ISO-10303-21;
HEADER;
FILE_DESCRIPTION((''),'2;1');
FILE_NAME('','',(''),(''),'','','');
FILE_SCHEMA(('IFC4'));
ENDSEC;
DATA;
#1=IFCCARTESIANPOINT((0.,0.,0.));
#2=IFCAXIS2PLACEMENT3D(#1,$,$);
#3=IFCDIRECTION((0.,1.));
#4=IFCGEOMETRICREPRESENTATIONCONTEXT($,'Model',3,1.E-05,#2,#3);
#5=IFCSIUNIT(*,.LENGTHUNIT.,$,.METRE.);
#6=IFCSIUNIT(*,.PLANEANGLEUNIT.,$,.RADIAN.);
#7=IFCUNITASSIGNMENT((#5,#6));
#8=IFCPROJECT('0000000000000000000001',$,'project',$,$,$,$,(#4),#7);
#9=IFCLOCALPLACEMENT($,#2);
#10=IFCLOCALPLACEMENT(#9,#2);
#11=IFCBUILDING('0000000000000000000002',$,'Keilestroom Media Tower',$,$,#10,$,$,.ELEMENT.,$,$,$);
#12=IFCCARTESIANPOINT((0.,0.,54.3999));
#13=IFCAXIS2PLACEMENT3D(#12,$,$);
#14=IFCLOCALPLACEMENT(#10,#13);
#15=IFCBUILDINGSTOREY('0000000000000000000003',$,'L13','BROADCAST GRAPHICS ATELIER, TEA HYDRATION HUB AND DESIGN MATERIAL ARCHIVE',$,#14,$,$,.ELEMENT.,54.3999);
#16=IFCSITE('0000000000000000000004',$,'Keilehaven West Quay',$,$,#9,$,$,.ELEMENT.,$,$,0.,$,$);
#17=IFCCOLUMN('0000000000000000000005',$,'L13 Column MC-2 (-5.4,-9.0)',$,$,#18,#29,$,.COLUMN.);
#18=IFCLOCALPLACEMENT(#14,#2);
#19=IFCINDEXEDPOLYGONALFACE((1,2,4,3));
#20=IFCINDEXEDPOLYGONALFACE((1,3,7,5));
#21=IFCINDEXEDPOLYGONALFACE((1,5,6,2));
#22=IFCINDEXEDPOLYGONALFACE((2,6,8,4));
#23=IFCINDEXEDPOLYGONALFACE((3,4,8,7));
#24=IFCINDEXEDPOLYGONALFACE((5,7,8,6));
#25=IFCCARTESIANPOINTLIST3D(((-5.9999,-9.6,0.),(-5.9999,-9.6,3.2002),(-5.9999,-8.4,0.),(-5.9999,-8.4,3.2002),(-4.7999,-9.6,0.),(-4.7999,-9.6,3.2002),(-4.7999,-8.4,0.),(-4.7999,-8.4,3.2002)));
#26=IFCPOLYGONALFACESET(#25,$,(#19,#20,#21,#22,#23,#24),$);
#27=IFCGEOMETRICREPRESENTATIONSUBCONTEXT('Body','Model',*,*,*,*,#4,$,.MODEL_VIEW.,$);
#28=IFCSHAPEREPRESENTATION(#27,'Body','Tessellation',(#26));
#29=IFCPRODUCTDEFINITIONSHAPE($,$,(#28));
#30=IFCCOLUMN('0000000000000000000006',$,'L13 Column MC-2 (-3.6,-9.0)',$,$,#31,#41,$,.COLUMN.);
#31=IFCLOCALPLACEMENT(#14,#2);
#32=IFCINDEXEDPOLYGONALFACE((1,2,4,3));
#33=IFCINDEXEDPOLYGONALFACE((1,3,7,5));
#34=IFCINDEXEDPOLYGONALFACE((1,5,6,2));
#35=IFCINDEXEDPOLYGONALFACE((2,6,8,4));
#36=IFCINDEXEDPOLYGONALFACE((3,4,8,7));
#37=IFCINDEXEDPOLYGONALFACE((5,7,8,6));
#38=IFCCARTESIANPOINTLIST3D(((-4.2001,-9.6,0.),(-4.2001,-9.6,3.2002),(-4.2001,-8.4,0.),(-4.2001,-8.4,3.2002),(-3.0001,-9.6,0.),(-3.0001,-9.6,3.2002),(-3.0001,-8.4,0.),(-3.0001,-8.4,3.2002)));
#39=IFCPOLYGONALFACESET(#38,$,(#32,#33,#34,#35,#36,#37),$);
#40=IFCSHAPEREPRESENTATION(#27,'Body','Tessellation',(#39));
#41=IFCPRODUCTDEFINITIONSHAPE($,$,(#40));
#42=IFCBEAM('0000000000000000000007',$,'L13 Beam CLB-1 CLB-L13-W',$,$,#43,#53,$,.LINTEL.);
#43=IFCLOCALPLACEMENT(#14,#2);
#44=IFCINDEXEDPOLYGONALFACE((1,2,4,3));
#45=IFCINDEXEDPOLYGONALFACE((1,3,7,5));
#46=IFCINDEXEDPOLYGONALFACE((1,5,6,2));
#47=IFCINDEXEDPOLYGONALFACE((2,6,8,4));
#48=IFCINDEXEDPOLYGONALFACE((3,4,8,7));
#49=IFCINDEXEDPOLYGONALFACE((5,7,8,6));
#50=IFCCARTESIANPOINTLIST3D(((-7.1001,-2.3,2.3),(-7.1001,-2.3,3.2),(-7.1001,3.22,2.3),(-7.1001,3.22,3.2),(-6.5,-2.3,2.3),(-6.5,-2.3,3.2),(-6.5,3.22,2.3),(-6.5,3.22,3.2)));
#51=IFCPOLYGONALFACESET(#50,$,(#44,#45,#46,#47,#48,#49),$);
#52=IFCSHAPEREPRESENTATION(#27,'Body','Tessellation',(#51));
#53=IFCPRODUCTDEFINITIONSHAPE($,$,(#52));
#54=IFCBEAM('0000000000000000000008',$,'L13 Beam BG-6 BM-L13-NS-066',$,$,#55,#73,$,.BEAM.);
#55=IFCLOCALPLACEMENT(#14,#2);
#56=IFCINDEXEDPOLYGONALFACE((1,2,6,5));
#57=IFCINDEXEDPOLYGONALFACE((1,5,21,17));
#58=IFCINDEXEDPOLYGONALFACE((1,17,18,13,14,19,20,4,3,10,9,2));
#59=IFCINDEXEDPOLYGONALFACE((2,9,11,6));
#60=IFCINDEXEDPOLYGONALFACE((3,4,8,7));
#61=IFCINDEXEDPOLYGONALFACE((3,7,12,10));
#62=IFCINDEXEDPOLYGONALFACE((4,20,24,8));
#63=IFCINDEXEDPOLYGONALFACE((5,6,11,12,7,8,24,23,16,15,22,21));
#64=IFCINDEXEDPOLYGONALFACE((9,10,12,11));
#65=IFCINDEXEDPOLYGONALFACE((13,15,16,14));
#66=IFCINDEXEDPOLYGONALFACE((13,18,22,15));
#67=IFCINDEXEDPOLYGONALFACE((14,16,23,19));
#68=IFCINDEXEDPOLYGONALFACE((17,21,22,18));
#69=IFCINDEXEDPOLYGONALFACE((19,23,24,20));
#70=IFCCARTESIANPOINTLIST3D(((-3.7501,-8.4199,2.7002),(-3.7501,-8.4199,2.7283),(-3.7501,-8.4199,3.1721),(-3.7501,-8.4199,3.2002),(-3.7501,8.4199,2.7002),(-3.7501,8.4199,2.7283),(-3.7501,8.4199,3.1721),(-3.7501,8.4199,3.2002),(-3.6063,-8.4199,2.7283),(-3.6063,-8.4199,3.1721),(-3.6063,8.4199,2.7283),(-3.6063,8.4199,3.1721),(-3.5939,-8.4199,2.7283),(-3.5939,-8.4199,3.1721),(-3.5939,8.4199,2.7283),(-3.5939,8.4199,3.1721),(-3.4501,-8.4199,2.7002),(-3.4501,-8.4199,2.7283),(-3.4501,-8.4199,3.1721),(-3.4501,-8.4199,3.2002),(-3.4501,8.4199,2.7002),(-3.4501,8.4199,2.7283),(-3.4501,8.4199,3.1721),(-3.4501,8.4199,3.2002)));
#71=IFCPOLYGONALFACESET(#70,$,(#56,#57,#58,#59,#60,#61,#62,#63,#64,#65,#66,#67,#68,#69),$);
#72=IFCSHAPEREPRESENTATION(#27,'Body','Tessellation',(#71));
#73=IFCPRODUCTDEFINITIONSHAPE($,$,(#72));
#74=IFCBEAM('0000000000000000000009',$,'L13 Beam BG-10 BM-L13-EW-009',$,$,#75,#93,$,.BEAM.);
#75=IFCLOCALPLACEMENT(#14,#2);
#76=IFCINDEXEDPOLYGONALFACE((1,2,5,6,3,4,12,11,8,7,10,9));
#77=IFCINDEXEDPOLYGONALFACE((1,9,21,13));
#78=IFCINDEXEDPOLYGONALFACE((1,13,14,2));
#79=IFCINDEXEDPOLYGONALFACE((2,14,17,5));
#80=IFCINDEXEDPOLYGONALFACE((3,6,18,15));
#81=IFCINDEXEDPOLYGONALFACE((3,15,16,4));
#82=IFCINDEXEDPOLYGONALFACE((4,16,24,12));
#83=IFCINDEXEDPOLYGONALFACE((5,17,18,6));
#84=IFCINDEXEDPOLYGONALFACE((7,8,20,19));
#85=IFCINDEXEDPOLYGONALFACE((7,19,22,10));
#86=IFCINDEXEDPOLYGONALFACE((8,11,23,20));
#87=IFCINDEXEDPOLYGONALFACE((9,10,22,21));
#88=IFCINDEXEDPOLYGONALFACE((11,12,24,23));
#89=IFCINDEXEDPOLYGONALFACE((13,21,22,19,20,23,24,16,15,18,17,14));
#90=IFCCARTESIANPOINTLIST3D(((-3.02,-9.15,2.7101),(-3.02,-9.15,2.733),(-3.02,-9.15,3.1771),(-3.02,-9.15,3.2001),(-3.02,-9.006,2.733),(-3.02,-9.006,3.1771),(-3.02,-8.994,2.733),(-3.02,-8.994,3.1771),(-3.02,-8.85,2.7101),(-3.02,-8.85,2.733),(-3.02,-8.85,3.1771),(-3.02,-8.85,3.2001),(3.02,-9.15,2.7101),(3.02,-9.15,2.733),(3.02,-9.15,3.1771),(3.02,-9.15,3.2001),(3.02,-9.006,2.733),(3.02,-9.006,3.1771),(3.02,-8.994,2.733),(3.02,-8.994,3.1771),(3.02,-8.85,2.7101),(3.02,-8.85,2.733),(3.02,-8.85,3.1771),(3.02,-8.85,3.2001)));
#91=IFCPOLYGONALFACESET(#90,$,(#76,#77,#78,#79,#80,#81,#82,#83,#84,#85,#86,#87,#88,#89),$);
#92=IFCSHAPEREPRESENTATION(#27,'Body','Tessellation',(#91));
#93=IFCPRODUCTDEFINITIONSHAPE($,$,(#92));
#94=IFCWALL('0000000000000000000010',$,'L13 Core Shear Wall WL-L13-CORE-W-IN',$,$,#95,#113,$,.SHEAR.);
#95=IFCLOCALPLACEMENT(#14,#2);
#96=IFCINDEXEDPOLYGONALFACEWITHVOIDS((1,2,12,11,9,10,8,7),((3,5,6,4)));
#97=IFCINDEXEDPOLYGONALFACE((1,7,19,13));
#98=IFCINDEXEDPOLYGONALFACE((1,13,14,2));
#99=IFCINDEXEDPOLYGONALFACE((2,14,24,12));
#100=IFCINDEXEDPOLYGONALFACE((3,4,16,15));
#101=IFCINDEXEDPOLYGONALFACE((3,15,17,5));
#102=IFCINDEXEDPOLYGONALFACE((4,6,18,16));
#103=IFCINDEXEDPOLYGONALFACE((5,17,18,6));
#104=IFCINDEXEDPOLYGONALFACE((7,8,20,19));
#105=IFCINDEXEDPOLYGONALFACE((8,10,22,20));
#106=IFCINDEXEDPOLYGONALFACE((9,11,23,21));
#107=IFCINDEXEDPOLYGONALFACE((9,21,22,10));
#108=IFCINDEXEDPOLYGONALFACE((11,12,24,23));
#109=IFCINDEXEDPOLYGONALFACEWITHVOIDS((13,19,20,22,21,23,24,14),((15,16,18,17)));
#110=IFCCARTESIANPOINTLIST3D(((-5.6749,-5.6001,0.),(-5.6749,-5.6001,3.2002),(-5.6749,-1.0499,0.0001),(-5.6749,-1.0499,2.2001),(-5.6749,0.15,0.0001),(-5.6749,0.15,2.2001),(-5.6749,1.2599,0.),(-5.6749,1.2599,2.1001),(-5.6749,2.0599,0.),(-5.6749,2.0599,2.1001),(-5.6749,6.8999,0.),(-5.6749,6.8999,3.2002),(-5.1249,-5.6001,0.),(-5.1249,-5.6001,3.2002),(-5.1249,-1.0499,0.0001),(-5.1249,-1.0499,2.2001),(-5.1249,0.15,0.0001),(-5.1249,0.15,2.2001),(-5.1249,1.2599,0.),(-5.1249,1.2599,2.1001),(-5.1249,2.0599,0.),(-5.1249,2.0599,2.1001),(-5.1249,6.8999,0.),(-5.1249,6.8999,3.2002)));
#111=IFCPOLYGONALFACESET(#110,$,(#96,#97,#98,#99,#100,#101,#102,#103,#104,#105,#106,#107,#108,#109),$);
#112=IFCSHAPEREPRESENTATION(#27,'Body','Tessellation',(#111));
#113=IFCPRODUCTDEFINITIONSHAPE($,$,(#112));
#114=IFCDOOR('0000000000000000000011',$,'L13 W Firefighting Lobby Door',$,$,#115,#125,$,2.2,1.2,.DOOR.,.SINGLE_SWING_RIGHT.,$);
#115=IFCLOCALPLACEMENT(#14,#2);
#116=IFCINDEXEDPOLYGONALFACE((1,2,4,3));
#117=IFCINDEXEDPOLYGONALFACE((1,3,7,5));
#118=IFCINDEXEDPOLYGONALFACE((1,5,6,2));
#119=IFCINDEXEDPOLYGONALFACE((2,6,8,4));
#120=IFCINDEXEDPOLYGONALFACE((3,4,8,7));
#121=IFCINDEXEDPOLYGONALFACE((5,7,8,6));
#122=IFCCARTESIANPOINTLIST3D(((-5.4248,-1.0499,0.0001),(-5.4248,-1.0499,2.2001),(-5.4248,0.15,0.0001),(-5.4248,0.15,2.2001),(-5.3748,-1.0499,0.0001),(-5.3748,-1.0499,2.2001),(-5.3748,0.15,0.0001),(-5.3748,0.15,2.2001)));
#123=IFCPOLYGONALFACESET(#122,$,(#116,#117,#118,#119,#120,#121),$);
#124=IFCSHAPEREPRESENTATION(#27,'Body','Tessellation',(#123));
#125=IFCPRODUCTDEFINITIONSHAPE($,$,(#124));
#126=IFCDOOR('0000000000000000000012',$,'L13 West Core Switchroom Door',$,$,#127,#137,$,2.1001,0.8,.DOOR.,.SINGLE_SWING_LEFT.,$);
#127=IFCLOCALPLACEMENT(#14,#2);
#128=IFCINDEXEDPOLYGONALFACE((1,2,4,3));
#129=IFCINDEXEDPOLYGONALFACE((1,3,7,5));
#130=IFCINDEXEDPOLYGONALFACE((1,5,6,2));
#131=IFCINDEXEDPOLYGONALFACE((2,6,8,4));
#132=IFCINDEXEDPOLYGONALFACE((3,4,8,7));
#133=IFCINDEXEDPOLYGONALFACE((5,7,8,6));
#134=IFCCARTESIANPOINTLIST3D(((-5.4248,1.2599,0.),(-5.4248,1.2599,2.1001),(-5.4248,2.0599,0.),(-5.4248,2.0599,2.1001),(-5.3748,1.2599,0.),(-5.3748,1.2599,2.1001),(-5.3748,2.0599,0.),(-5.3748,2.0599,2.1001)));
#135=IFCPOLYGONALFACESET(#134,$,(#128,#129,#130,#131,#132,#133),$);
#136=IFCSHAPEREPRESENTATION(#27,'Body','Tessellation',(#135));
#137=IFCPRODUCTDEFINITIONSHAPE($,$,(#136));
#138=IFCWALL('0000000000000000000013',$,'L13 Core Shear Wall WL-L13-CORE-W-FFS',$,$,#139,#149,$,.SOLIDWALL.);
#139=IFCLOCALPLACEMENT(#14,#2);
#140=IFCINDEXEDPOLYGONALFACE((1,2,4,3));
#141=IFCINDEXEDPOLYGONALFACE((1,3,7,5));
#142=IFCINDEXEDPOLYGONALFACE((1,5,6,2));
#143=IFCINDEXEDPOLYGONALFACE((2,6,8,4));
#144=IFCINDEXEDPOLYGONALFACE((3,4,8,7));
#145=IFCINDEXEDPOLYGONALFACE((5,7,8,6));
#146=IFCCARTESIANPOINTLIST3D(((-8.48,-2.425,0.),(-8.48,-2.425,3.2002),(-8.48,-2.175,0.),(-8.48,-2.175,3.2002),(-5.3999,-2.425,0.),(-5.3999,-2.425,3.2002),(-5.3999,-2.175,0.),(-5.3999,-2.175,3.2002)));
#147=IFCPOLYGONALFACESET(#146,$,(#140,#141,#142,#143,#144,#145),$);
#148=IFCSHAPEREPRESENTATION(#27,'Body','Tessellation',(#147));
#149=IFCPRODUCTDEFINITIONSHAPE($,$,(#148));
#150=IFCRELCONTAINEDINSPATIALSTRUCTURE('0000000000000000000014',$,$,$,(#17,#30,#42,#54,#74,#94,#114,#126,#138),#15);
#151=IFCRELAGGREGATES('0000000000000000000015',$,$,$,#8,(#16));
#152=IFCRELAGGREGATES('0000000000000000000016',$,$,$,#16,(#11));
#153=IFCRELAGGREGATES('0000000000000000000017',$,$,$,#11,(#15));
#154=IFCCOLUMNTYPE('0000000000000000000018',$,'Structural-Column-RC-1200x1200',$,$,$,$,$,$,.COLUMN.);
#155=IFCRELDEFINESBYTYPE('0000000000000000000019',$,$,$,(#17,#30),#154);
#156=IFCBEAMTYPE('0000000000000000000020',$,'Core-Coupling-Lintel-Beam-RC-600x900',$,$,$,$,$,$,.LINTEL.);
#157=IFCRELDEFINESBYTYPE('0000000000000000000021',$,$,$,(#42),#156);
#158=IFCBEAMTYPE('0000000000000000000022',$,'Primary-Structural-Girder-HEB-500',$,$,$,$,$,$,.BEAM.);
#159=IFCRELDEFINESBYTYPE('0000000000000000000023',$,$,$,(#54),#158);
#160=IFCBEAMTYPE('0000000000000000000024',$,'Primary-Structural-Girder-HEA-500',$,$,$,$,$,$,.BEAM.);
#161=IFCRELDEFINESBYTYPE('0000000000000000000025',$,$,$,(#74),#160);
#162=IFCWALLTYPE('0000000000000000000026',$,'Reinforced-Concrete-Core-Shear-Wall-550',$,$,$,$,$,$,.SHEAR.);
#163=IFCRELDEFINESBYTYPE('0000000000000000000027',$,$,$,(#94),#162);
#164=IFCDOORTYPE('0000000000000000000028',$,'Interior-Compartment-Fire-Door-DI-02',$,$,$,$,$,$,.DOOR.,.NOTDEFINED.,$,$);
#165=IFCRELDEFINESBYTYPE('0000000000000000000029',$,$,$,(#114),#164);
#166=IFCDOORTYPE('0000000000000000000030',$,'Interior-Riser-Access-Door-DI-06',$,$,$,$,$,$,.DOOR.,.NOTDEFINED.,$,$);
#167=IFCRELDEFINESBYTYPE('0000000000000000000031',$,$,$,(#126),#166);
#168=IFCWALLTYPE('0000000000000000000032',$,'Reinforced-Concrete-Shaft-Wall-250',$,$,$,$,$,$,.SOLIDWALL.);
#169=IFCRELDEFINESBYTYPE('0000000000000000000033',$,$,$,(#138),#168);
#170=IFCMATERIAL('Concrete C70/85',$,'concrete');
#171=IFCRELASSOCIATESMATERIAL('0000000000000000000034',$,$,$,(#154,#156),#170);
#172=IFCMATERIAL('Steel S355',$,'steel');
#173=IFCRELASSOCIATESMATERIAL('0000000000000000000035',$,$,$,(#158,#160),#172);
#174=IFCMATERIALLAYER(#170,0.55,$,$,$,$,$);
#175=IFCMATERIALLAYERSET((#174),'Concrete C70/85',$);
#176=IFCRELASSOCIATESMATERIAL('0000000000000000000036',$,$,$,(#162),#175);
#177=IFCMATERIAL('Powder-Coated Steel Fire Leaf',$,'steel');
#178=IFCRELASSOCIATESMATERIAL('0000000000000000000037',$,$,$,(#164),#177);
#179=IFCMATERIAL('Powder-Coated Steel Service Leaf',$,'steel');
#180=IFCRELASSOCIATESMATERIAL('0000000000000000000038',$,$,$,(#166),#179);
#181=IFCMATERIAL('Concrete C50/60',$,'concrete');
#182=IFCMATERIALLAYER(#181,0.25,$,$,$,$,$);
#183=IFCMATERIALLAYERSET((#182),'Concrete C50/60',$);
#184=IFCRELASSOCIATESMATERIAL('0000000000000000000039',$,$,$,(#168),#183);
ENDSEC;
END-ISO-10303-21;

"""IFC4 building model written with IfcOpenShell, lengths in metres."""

from ifc_helpers import new_model, si_unit, direction, frame, frame_2d, origin, origin_2d, place, context, subcontext, project, spatial, rectangle, i_section, extrude, source, transform, mapped, material, layer, layer_set, material_profile, profile_set, type_object, element, fill, save


model = new_model("IFC4")

# Units and contexts
model_context = context("Model", 3, precision=1e-05, world=origin(), true_north=direction((0.0, 1.0)))
body_context = subcontext(model_context, "Body", "Model", "MODEL_VIEW")
ifc_project = project(units=[si_unit("LENGTHUNIT", "METRE"), si_unit("PLANEANGLEUNIT", "RADIAN")], contexts=[model_context])

# Site, building, storey
site_placement = place(None, origin())
site = spatial("IfcSite", under=ifc_project, at=site_placement, Name="Keilehaven West Quay", CompositionType="ELEMENT", RefElevation=0.0)
building_placement = place(site_placement, origin())
building = spatial("IfcBuilding", under=site, at=building_placement, Name="Keilestroom Media Tower", CompositionType="ELEMENT")
storey_placement = place(building_placement, frame((0.0, 0.0, 54.3999)))
storey = spatial("IfcBuildingStorey", under=building, at=storey_placement, Name="L13", Description="BROADCAST GRAPHICS ATELIER, TEA HYDRATION HUB AND DESIGN MATERIAL ARCHIVE", CompositionType="ELEMENT", Elevation=54.3999)

# Columns
ifc_material_1 = material(Name="Concrete C70/85", Category="concrete")
ifc_material_profile_1 = material_profile(ifc_material_1, rectangle(XDim=1.2, YDim=1.2, at=origin_2d()), Name="RC 1200x1200")
ifc_profile_set_1 = profile_set([ifc_material_profile_1], Name="Concrete C70/85")
column_type = type_object("IfcColumnType", Name="Structural-Column-RC-1200x1200", PredefinedType="COLUMN", material=ifc_profile_set_1)
shared_shape_1 = source(origin(), body_context, "Body", "SweptSolid", [
    extrude(rectangle(XDim=1.2, YDim=1.2, at=origin_2d()), origin(), (0.0, 0.0, 1.0), 3.2002),
])
for number, where, z_axis, x_axis, name in (
    (1, (-5.3999, -9.0, 0.0), (0.0, 0.0, 1.0), (1.0, 0.0, 0.0), "L13 Column MC-2 (-5.4,-9.0)"),
    (2, (-3.6001, -9.0, 0.0), (0.0, 0.0, 1.0), (1.0, 0.0, 0.0), "L13 Column MC-2 (-3.6,-9.0)"),
):
    element("IfcColumn", number, at=place(storey_placement, frame(where, z_axis=z_axis, x_axis=x_axis)), inside=storey, type_object=column_type, Name=name, PredefinedType="COLUMN", context=body_context, shape_type="MappedRepresentation", body=[
        mapped(shared_shape_1, transform((0.0, 0.0, 0.0), x_axis=(1.0, 0.0, 0.0), y_axis=(0.0, 1.0, 0.0), z_axis=(0.0, 0.0, 1.0), scale=1.0)),
    ])

# Beams
ifc_material_profile_2 = material_profile(ifc_material_1, rectangle(XDim=0.6001, YDim=0.8999, at=origin_2d()), Name="RC 600x900")
ifc_profile_set_2 = profile_set([ifc_material_profile_2], Name="Concrete C70/85")
beam_type_1 = type_object("IfcBeamType", Name="Core-Coupling-Lintel-Beam-RC-600x900", PredefinedType="LINTEL", material=ifc_profile_set_2)
shared_shape_2 = source(origin(), body_context, "Body", "SweptSolid", [
    extrude(rectangle(XDim=0.6001, YDim=0.8999, at=origin_2d()), origin(), (0.0, 0.0, 1.0), 5.52),
])
beam_1_placement = place(storey_placement, frame((-6.8, -2.3, 2.75), z_axis=(0.0, 1.0, 0.0), x_axis=(-1.0, 0.0, 0.0)))
element("IfcBeam", 3, at=beam_1_placement, inside=storey, type_object=beam_type_1, Name="L13 Beam CLB-1 CLB-L13-W", PredefinedType="LINTEL", context=body_context, shape_type="MappedRepresentation", body=[
    mapped(shared_shape_2, transform((0.0, 0.0, 0.0), x_axis=(1.0, 0.0, 0.0), y_axis=(0.0, 1.0, 0.0), z_axis=(0.0, 0.0, 1.0), scale=1.0)),
])
ifc_material_2 = material(Name="Steel S355", Category="steel")
ifc_material_profile_3 = material_profile(ifc_material_2, i_section(OverallWidth=0.3, OverallDepth=0.5, WebThickness=0.0125, FlangeThickness=0.0281, at=origin_2d()), Name="HEB 500")
ifc_profile_set_3 = profile_set([ifc_material_profile_3], Name="Steel S355")
beam_type_2 = type_object("IfcBeamType", Name="Primary-Structural-Girder-HEB-500", PredefinedType="BEAM", material=ifc_profile_set_3)
shared_shape_3 = source(origin(), body_context, "Body", "SweptSolid", [
    extrude(i_section(OverallWidth=0.3, OverallDepth=0.5, WebThickness=0.0125, FlangeThickness=0.0281, at=origin_2d()), origin(), (0.0, 0.0, 1.0), 16.8398),
])
beam_2_placement = place(storey_placement, frame((-3.6001, -8.4199, 2.9502), z_axis=(0.0, 1.0, 0.0), x_axis=(-1.0, 0.0, 0.0)))
element("IfcBeam", 4, at=beam_2_placement, inside=storey, type_object=beam_type_2, Name="L13 Beam BG-6 BM-L13-NS-066", PredefinedType="BEAM", context=body_context, shape_type="MappedRepresentation", body=[
    mapped(shared_shape_3, transform((0.0, 0.0, 0.0), x_axis=(1.0, 0.0, 0.0), y_axis=(0.0, 1.0, 0.0), z_axis=(0.0, 0.0, 1.0), scale=1.0)),
])
ifc_material_profile_4 = material_profile(ifc_material_2, i_section(OverallWidth=0.3, OverallDepth=0.49, WebThickness=0.012, FlangeThickness=0.0229, at=origin_2d()), Name="HEA 500")
ifc_profile_set_4 = profile_set([ifc_material_profile_4], Name="Steel S355")
beam_type_3 = type_object("IfcBeamType", Name="Primary-Structural-Girder-HEA-500", PredefinedType="BEAM", material=ifc_profile_set_4)
shared_shape_4 = source(origin(), body_context, "Body", "SweptSolid", [
    extrude(i_section(OverallWidth=0.3, OverallDepth=0.49, WebThickness=0.012, FlangeThickness=0.0229, at=origin_2d()), origin(), (0.0, 0.0, 1.0), 6.04),
])
beam_3_placement = place(storey_placement, frame((-3.02, -9.0, 2.9551), z_axis=(1.0, 0.0, 0.0), x_axis=(0.0, 1.0, 0.0)))
element("IfcBeam", 5, at=beam_3_placement, inside=storey, type_object=beam_type_3, Name="L13 Beam BG-10 BM-L13-EW-009", PredefinedType="BEAM", context=body_context, shape_type="MappedRepresentation", body=[
    mapped(shared_shape_4, transform((0.0, 0.0, 0.0), x_axis=(1.0, 0.0, 0.0), y_axis=(0.0, 1.0, 0.0), z_axis=(0.0, 0.0, 1.0), scale=1.0)),
])

# Wall, openings, doors
ifc_layer_1 = layer(ifc_material_1, 0.55)
ifc_layer_set_1 = layer_set([ifc_layer_1], Name="Concrete C70/85")
wall_type_1 = type_object("IfcWallType", Name="Reinforced-Concrete-Core-Shear-Wall-550", PredefinedType="SHEAR", material=ifc_layer_set_1)
wall_1_placement = place(storey_placement, frame((-5.3999, -5.6001, 0.0), z_axis=(0.0, 0.0, 1.0), x_axis=(0.0, 1.0, 0.0)))
wall_1 = element("IfcWall", 6, at=wall_1_placement, inside=storey, type_object=wall_type_1, Name="L13 Core Shear Wall WL-L13-CORE-W-IN", PredefinedType="SHEAR", context=body_context, shape_type="SweptSolid", body=[
    extrude(rectangle(XDim=12.5, YDim=0.55, at=frame_2d((6.25, 0.0))), origin(), (0.0, 0.0, 1.0), 3.2002),
])
opening_1_placement = place(wall_1_placement, frame((4.55, 0.0, 0.0)))
opening_1 = element("IfcOpeningElement", 7, at=opening_1_placement, cuts=wall_1, PredefinedType="OPENING", context=body_context, shape_type="SweptSolid", body=[
    extrude(rectangle(XDim=1.2, YDim=2.2, at=frame_2d((0.6001, 1.1001))), frame((0.0, 0.2852, 0.0), z_axis=(0.0, -1.0, 0.0), x_axis=(1.0, 0.0, 0.0)), (0.0, 0.0, 1.0), 0.5701),
])
opening_2_placement = place(wall_1_placement, frame((6.8601, 0.0, 0.0)))
opening_2 = element("IfcOpeningElement", 8, at=opening_2_placement, cuts=wall_1, PredefinedType="OPENING", context=body_context, shape_type="SweptSolid", body=[
    extrude(rectangle(XDim=0.8, YDim=2.1001, at=frame_2d((0.3999, 1.05))), frame((0.0, 0.2852, 0.0), z_axis=(0.0, -1.0, 0.0), x_axis=(1.0, 0.0, 0.0)), (0.0, 0.0, 1.0), 0.5701),
])
ifc_material_3 = material(Name="Powder-Coated Steel Fire Leaf", Category="steel")
door_type_1 = type_object("IfcDoorType", Name="Interior-Compartment-Fire-Door-DI-02", OperationType="NOTDEFINED", PredefinedType="DOOR", material=ifc_material_3)
shared_shape_5 = source(origin(), body_context, "Body", "SweptSolid", [
    extrude(rectangle(XDim=1.2, YDim=2.2, at=frame_2d((0.6001, 1.1001))), frame((0.0, 0.0249, 0.0), z_axis=(0.0, -1.0, 0.0), x_axis=(1.0, 0.0, 0.0)), (0.0, 0.0, 1.0), 0.05),
])
door_1_placement = place(opening_1_placement, origin())
door_1 = element("IfcDoor", 9, at=door_1_placement, inside=storey, type_object=door_type_1, Name="L13 W Firefighting Lobby Door", OperationType="SINGLE_SWING_RIGHT", OverallHeight=2.2, OverallWidth=1.2, PredefinedType="DOOR", context=body_context, shape_type="MappedRepresentation", body=[
    mapped(shared_shape_5, transform((0.0, 0.0, 0.0), x_axis=(1.0, 0.0, 0.0), y_axis=(0.0, 1.0, 0.0), z_axis=(0.0, 0.0, 1.0), scale=1.0)),
])
fill(opening_1, door_1)
ifc_material_4 = material(Name="Powder-Coated Steel Service Leaf", Category="steel")
door_type_2 = type_object("IfcDoorType", Name="Interior-Riser-Access-Door-DI-06", OperationType="NOTDEFINED", PredefinedType="DOOR", material=ifc_material_4)
shared_shape_6 = source(origin(), body_context, "Body", "SweptSolid", [
    extrude(rectangle(XDim=0.8, YDim=2.1001, at=frame_2d((0.3999, 1.05))), frame((0.0, 0.0249, 0.0), z_axis=(0.0, -1.0, 0.0), x_axis=(1.0, 0.0, 0.0)), (0.0, 0.0, 1.0), 0.05),
])
door_2_placement = place(opening_2_placement, origin())
door_2 = element("IfcDoor", 10, at=door_2_placement, inside=storey, type_object=door_type_2, Name="L13 West Core Switchroom Door", OperationType="SINGLE_SWING_LEFT", OverallHeight=2.1001, OverallWidth=0.8, PredefinedType="DOOR", context=body_context, shape_type="MappedRepresentation", body=[
    mapped(shared_shape_6, transform((0.0, 0.0, 0.0), x_axis=(1.0, 0.0, 0.0), y_axis=(0.0, 1.0, 0.0), z_axis=(0.0, 0.0, 1.0), scale=1.0)),
])
fill(opening_2, door_2)

# Wall
ifc_material_5 = material(Name="Concrete C50/60", Category="concrete")
ifc_layer_2 = layer(ifc_material_5, 0.25)
ifc_layer_set_2 = layer_set([ifc_layer_2], Name="Concrete C50/60")
wall_type_2 = type_object("IfcWallType", Name="Reinforced-Concrete-Shaft-Wall-250", PredefinedType="SOLIDWALL", material=ifc_layer_set_2)
wall_2_placement = place(storey_placement, frame((-8.48, -2.3, 0.0), z_axis=(0.0, 0.0, 1.0), x_axis=(1.0, 0.0, 0.0)))
element("IfcWall", 11, at=wall_2_placement, inside=storey, type_object=wall_type_2, Name="L13 Core Shear Wall WL-L13-CORE-W-FFS", PredefinedType="SOLIDWALL", context=body_context, shape_type="SweptSolid", body=[
    extrude(rectangle(XDim=3.0801, YDim=0.25, at=frame_2d((1.54, 0.0))), origin(), (0.0, 0.0, 1.0), 3.2002),
])

save(model, "model.ifc")
